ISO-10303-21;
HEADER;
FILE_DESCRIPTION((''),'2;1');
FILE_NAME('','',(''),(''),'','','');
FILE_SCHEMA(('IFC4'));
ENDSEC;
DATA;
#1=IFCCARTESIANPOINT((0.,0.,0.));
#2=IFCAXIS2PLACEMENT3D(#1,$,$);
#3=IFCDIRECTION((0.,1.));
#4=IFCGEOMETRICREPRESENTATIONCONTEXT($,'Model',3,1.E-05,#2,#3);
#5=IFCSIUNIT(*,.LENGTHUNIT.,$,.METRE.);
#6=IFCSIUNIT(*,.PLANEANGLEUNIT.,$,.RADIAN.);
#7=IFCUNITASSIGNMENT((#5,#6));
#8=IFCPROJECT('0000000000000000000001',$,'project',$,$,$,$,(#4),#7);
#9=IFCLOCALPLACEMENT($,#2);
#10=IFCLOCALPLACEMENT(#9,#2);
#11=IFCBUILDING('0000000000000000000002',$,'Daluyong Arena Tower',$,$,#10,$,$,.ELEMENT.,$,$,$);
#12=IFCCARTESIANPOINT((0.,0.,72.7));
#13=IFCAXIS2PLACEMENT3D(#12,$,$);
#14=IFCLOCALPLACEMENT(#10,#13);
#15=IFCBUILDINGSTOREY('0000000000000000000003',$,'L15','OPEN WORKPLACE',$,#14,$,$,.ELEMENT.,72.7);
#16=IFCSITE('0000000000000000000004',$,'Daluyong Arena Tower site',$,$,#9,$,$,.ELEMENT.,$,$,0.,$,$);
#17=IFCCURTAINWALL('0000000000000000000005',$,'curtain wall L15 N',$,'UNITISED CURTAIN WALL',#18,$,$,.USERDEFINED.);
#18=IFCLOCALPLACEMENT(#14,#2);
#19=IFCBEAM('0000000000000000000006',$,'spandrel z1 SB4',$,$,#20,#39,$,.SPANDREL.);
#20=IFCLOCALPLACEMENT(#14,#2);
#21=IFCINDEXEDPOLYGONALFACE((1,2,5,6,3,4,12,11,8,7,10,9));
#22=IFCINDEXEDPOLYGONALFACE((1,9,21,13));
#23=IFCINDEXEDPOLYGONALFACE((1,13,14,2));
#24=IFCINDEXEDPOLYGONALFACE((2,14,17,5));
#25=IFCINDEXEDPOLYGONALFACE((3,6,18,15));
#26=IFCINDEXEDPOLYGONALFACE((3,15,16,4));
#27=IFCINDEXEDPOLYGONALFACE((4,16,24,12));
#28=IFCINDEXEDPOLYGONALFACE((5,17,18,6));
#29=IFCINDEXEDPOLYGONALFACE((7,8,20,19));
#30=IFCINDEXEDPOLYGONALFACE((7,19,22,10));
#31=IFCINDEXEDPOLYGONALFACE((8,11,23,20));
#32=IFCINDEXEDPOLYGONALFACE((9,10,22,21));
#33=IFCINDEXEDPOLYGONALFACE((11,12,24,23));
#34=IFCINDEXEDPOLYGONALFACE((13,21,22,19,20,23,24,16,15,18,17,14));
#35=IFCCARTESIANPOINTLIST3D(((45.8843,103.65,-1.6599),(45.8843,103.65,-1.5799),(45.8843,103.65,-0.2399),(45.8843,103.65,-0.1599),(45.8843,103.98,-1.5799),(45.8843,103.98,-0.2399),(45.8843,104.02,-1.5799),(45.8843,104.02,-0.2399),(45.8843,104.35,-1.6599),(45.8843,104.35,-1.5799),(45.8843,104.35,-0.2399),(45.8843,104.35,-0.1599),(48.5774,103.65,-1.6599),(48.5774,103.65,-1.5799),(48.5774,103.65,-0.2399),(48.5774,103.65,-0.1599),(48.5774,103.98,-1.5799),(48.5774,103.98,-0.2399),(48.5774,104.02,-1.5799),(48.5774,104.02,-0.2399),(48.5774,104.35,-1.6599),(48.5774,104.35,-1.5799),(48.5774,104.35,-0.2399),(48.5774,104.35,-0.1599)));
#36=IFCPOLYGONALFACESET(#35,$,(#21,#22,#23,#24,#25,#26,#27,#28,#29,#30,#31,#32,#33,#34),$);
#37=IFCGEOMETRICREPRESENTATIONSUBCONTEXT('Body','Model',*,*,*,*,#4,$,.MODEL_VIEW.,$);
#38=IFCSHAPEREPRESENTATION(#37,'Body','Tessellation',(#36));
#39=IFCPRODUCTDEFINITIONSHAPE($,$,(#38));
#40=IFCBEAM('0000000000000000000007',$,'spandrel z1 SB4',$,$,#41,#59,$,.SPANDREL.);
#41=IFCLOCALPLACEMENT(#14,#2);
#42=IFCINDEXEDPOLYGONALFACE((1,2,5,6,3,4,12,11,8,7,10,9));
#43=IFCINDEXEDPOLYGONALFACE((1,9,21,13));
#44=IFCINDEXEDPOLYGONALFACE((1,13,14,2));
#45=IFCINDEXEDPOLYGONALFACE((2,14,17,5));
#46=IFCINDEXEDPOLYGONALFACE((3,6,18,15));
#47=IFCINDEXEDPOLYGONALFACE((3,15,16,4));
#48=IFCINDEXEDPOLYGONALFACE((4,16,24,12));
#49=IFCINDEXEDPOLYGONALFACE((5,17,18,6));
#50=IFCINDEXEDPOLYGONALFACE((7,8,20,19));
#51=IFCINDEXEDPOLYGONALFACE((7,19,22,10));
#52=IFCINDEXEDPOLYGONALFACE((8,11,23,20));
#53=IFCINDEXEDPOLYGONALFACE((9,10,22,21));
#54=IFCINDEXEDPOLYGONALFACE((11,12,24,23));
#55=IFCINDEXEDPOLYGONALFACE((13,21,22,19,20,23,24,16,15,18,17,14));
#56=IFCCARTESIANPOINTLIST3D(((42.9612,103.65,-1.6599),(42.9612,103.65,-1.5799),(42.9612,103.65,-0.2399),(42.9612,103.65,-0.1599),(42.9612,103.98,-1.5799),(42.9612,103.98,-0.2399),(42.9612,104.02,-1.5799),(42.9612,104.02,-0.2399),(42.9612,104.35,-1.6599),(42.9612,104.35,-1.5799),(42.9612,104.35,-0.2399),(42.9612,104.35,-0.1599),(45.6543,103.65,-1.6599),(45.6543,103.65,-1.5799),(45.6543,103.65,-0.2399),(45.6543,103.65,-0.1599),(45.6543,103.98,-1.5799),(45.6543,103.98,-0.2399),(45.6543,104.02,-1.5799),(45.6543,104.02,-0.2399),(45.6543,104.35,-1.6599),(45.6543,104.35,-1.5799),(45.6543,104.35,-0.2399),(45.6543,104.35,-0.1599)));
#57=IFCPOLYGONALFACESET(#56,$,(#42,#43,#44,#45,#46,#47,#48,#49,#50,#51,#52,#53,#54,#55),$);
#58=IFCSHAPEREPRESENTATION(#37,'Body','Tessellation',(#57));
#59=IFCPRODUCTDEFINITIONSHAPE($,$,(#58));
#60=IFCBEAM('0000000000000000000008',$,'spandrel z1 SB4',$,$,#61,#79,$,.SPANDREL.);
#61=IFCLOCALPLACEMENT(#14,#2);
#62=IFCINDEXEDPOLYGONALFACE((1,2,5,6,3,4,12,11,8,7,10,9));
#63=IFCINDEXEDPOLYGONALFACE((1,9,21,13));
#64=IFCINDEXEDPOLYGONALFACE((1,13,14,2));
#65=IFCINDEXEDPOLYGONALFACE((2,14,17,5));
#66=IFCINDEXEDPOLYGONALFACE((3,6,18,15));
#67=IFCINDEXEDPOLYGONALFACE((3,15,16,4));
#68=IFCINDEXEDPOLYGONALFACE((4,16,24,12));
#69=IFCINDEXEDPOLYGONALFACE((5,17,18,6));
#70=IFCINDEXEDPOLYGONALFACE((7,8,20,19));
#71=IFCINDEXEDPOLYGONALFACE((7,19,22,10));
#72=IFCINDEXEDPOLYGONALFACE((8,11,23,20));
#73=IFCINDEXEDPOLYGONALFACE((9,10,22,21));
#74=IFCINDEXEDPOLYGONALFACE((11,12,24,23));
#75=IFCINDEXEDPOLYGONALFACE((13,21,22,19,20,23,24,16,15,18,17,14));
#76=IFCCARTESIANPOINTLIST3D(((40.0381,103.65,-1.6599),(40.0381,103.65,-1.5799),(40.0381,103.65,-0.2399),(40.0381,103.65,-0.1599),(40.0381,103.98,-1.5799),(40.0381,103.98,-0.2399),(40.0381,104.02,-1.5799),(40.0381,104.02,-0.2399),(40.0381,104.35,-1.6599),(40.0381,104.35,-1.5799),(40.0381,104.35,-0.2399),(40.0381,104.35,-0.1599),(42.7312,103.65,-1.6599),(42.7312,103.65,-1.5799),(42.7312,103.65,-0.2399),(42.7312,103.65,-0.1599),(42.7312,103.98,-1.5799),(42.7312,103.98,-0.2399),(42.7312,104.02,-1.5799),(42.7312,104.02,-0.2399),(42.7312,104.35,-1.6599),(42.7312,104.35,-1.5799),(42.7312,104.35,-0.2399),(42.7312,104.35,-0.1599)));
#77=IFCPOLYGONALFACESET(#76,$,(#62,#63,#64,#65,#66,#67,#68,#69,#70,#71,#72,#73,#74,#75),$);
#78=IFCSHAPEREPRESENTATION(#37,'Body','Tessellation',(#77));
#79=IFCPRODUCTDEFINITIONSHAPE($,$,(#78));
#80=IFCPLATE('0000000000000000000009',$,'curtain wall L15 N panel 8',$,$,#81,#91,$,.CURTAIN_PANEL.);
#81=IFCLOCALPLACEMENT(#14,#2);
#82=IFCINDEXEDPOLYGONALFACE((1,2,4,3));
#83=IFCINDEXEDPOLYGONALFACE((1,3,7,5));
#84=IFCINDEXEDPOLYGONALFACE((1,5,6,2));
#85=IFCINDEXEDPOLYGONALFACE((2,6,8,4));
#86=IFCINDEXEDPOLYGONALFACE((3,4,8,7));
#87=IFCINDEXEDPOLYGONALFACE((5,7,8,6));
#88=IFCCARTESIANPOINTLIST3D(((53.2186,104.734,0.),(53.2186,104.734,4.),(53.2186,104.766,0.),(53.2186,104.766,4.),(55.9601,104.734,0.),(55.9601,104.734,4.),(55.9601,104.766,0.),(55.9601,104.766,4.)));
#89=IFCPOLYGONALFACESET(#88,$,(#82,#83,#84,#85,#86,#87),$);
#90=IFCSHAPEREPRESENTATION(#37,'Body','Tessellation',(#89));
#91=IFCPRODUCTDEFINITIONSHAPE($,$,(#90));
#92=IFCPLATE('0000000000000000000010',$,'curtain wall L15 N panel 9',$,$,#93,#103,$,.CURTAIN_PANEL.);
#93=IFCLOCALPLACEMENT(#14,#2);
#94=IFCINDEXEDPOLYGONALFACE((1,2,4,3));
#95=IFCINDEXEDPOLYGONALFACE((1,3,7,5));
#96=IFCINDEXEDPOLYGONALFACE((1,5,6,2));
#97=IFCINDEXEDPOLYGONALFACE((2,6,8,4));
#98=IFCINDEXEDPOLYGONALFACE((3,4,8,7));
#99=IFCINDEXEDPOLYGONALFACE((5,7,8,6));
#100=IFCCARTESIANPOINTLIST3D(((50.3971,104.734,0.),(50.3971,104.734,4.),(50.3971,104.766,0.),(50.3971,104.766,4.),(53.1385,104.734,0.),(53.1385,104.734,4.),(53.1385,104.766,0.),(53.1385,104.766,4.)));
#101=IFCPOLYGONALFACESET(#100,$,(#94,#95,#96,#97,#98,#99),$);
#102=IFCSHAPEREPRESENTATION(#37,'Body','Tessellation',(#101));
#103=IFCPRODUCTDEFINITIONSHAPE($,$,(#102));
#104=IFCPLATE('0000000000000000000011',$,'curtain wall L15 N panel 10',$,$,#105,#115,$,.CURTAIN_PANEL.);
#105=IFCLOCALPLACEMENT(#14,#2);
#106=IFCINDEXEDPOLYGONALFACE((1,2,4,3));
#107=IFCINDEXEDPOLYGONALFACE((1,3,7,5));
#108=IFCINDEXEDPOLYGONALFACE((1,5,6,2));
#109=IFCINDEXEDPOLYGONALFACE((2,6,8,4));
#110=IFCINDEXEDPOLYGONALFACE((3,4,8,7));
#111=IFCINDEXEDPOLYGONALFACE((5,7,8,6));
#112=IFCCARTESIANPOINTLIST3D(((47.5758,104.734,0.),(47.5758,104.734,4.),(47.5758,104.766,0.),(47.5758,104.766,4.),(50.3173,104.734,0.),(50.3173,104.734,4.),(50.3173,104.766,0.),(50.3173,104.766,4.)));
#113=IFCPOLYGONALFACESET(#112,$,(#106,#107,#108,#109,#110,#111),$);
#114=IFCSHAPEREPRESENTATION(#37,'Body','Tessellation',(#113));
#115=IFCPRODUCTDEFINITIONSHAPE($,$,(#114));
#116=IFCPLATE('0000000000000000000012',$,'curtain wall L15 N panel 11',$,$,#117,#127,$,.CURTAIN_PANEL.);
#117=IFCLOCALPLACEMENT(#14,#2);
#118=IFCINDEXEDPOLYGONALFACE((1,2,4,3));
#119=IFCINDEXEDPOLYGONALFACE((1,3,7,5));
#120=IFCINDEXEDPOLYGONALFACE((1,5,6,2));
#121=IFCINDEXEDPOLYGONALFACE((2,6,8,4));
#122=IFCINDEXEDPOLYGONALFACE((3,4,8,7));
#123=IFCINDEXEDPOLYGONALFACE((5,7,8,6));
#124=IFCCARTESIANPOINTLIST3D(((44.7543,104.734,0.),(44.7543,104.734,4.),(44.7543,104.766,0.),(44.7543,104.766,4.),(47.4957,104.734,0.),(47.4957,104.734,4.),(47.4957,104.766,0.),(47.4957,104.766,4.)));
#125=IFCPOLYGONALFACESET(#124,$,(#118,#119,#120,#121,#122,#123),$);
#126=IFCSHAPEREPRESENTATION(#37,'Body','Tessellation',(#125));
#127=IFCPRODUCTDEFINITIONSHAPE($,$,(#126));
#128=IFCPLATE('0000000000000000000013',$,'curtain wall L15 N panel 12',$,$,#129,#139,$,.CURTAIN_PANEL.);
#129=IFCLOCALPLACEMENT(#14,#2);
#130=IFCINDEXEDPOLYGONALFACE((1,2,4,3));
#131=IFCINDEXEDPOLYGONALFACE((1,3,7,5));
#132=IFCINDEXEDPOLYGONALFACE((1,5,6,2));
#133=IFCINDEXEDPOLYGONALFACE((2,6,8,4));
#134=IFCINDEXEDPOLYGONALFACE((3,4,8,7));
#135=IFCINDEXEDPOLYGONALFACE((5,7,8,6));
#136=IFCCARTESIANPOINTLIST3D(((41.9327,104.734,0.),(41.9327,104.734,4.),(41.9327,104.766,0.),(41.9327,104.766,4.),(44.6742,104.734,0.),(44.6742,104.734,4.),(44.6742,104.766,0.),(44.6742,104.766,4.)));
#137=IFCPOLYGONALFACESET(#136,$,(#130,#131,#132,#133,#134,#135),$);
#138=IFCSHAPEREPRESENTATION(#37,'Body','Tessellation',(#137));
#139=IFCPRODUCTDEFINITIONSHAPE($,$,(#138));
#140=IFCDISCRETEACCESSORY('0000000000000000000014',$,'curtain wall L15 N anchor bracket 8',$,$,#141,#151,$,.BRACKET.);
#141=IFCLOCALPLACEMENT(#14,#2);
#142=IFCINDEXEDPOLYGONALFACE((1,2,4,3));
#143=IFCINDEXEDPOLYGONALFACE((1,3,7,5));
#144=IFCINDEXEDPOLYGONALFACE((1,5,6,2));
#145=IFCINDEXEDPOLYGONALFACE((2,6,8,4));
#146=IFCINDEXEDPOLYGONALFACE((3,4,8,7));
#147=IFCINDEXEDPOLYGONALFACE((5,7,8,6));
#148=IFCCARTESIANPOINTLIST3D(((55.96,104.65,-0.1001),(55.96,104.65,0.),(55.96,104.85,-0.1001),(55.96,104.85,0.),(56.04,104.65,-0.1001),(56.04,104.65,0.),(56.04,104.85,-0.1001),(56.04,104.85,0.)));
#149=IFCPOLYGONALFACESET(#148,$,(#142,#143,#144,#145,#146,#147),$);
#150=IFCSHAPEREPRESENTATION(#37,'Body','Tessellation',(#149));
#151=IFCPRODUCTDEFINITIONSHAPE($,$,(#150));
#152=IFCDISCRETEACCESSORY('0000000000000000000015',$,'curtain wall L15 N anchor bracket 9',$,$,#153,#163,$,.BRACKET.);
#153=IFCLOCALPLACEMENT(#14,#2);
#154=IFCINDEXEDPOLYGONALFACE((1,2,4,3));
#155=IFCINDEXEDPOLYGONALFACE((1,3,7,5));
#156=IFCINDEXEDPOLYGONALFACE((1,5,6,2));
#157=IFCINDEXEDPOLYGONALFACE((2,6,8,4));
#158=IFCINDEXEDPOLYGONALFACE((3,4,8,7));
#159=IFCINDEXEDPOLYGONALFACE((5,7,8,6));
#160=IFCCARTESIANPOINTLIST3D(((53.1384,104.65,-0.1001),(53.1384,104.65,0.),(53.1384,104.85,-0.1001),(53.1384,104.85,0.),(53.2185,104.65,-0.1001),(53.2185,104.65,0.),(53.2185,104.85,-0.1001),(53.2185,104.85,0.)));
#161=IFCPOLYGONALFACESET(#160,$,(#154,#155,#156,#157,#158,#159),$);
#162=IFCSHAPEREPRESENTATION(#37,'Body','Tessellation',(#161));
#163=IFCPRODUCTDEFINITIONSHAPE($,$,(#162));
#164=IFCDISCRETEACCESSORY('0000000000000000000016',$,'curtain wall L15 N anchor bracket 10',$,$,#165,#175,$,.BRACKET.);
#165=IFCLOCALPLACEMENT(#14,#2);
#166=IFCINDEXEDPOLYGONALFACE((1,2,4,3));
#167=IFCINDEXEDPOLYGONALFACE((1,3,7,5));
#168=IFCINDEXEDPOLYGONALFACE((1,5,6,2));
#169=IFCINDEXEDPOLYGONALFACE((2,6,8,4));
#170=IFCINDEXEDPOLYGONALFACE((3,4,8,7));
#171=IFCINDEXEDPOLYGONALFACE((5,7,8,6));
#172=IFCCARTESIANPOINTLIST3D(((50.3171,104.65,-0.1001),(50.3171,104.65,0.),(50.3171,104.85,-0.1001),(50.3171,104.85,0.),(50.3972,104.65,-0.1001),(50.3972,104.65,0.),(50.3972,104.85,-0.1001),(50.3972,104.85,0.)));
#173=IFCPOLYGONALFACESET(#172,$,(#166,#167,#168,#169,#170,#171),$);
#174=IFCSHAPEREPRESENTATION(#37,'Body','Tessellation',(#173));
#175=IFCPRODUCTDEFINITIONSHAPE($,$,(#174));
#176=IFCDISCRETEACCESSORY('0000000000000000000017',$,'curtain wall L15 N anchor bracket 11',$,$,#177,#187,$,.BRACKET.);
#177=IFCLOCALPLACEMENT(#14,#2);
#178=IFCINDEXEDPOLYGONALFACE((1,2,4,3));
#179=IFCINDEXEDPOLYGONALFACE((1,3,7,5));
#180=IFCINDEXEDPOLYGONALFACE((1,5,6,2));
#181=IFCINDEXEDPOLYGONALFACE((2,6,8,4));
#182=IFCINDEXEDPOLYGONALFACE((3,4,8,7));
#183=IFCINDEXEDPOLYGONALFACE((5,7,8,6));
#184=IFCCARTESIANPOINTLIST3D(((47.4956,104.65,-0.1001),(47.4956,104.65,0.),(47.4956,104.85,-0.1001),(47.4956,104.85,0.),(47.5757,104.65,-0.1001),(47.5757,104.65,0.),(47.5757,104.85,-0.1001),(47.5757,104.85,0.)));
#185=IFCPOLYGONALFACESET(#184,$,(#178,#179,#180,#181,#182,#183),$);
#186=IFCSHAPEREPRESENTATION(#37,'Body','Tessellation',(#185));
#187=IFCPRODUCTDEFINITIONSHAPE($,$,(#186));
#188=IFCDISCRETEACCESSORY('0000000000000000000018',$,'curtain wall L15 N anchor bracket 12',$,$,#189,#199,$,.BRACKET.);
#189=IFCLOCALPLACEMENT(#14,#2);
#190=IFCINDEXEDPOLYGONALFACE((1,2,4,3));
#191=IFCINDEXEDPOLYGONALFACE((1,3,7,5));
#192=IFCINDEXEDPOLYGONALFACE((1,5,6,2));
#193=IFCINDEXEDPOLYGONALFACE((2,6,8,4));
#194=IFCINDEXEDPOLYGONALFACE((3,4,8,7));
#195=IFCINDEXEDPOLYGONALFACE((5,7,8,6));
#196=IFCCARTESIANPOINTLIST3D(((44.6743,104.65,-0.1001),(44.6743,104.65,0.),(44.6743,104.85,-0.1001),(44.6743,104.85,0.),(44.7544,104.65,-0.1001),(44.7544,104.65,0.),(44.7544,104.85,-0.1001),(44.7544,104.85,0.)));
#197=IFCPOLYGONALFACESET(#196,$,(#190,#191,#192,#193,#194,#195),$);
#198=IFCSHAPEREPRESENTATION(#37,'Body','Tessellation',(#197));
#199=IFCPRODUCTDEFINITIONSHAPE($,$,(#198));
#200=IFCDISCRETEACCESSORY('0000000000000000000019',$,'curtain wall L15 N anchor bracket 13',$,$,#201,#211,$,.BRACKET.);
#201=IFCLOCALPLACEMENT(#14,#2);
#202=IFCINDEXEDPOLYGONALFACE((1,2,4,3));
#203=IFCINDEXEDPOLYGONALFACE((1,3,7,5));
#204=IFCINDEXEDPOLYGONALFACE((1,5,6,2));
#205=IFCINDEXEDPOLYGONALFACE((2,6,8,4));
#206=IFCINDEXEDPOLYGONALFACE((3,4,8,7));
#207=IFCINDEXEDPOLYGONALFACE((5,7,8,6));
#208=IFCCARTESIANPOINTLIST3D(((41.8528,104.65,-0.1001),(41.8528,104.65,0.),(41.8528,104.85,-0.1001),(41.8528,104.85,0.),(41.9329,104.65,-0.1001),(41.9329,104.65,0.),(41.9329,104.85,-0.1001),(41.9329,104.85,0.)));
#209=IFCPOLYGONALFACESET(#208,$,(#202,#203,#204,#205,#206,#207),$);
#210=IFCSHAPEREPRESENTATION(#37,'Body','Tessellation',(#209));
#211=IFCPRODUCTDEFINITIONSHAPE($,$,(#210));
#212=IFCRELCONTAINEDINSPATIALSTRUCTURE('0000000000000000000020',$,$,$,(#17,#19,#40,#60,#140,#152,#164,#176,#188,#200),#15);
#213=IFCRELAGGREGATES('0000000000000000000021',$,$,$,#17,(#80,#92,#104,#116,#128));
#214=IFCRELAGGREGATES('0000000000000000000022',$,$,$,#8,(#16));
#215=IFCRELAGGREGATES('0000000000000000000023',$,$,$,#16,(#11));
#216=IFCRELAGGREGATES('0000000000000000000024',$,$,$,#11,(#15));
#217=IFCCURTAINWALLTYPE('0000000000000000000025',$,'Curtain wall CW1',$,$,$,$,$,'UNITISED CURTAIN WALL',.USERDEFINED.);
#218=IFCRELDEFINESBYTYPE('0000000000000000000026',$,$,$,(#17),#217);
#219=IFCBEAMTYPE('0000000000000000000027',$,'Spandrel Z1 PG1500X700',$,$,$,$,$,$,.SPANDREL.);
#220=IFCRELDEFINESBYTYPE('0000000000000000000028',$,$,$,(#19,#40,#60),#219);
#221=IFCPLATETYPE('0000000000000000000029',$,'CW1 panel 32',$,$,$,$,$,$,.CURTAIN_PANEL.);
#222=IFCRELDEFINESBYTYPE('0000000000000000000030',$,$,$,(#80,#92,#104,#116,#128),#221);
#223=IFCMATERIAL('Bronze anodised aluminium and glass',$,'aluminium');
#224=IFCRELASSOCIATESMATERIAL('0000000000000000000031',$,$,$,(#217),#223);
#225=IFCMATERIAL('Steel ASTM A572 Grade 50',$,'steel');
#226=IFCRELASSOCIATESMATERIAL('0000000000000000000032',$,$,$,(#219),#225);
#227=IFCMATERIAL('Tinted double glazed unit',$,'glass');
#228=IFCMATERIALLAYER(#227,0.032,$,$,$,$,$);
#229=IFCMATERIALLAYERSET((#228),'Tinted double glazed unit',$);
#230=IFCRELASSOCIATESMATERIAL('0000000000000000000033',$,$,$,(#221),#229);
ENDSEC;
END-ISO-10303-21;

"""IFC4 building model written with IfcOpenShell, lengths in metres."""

from ifc_helpers import new_model, si_unit, direction, frame, origin, origin_2d, place, context, subcontext, project, spatial, rectangle, i_section, extrude, material, layer, layer_set, material_profile, profile_set, type_object, element, aggregate, save


model = new_model("IFC4")

# Units and contexts
model_context = context("Model", 3, precision=1e-05, world=origin(), true_north=direction((0.0, 1.0)))
body_context = subcontext(model_context, "Body", "Model", "MODEL_VIEW")
ifc_project = project(units=[si_unit("LENGTHUNIT", "METRE"), si_unit("PLANEANGLEUNIT", "RADIAN")], contexts=[model_context])

# Site, building, storey
site_placement = place(None, origin())
site = spatial("IfcSite", under=ifc_project, at=site_placement, Name="Daluyong Arena Tower site", CompositionType="ELEMENT", RefElevation=0.0)
building_placement = place(site_placement, origin())
building = spatial("IfcBuilding", under=site, at=building_placement, Name="Daluyong Arena Tower", CompositionType="ELEMENT")
storey_placement = place(building_placement, frame((0.0, 0.0, 72.7)))
storey = spatial("IfcBuildingStorey", under=building, at=storey_placement, Name="L15", Description="OPEN WORKPLACE", CompositionType="ELEMENT", Elevation=72.7)

# Curtain wall
ifc_material_1 = material(Name="Bronze anodised aluminium and glass", Category="aluminium")
curtain_wall_type = type_object("IfcCurtainWallType", Name="Curtain wall CW1", ElementType="UNITISED CURTAIN WALL", PredefinedType="USERDEFINED", material=ifc_material_1)
curtain_wall_placement = place(storey_placement, origin())
curtain_wall = element("IfcCurtainWall", 1, at=curtain_wall_placement, inside=storey, type_object=curtain_wall_type, Name="curtain wall L15 N", ObjectType="UNITISED CURTAIN WALL", PredefinedType="USERDEFINED")

# Beams
ifc_material_2 = material(Name="Steel ASTM A572 Grade 50", Category="steel")
ifc_material_profile_1 = material_profile(ifc_material_2, i_section(OverallWidth=0.7, OverallDepth=1.5, WebThickness=0.04, FlangeThickness=0.08, at=origin_2d()))
ifc_profile_set_1 = profile_set([ifc_material_profile_1], Name="Steel ASTM A572 Grade 50")
beam_type_1 = type_object("IfcBeamType", Name="Spandrel Z1 PG1500X700", PredefinedType="SPANDREL", material=ifc_profile_set_1)
for number, where, z_axis, x_axis, name in (
    (2, (48.5774, 104.0, -0.9099), (-1.0, 0.0, 0.0), (0.0, -1.0, 0.0), "spandrel z1 SB4"),
    (3, (45.6543, 104.0, -0.9099), (-1.0, 0.0, 0.0), (0.0, -1.0, 0.0), "spandrel z1 SB4"),
    (4, (42.7312, 104.0, -0.9099), (-1.0, 0.0, 0.0), (0.0, -1.0, 0.0), "spandrel z1 SB4"),
):
    element("IfcBeam", number, at=place(storey_placement, frame(where, z_axis=z_axis, x_axis=x_axis)), inside=storey, type_object=beam_type_1, Name=name, PredefinedType="SPANDREL", context=body_context, shape_type="SweptSolid", body=[
        extrude(i_section(OverallWidth=0.7, OverallDepth=1.5, WebThickness=0.04, FlangeThickness=0.08, at=origin_2d()), origin(), (0.0, 0.0, 1.0), 2.6931),
    ])

# Plates
ifc_material_3 = material(Name="Tinted double glazed unit", Category="glass")
ifc_layer = layer(ifc_material_3, 0.032)
ifc_layer_set = layer_set([ifc_layer], Name="Tinted double glazed unit")
plate_type = type_object("IfcPlateType", Name="CW1 panel 32", PredefinedType="CURTAIN_PANEL", material=ifc_layer_set)
plate_1_placement = place(storey_placement, frame((54.5894, 104.75, 0.0), z_axis=(0.0, 0.0, 1.0), x_axis=(-1.0, 0.0, 0.0)))
plate_1 = element("IfcPlate", 5, at=plate_1_placement, type_object=plate_type, Name="curtain wall L15 N panel 8", PredefinedType="CURTAIN_PANEL", context=body_context, shape_type="SweptSolid", body=[
    extrude(rectangle(XDim=2.7415, YDim=0.032, at=origin_2d()), origin(), (0.0, 0.0, 1.0), 4.0),
])
plate_2_placement = place(storey_placement, frame((51.7678, 104.75, 0.0), z_axis=(0.0, 0.0, 1.0), x_axis=(-1.0, 0.0, 0.0)))
plate_2 = element("IfcPlate", 6, at=plate_2_placement, type_object=plate_type, Name="curtain wall L15 N panel 9", PredefinedType="CURTAIN_PANEL", context=body_context, shape_type="SweptSolid", body=[
    extrude(rectangle(XDim=2.7415, YDim=0.032, at=origin_2d()), origin(), (0.0, 0.0, 1.0), 4.0),
])
plate_3_placement = place(storey_placement, frame((48.9465, 104.75, 0.0), z_axis=(0.0, 0.0, 1.0), x_axis=(-1.0, 0.0, 0.0)))
plate_3 = element("IfcPlate", 7, at=plate_3_placement, type_object=plate_type, Name="curtain wall L15 N panel 10", PredefinedType="CURTAIN_PANEL", context=body_context, shape_type="SweptSolid", body=[
    extrude(rectangle(XDim=2.7415, YDim=0.032, at=origin_2d()), origin(), (0.0, 0.0, 1.0), 4.0),
])
plate_4_placement = place(storey_placement, frame((46.125, 104.75, 0.0), z_axis=(0.0, 0.0, 1.0), x_axis=(-1.0, 0.0, 0.0)))
plate_4 = element("IfcPlate", 8, at=plate_4_placement, type_object=plate_type, Name="curtain wall L15 N panel 11", PredefinedType="CURTAIN_PANEL", context=body_context, shape_type="SweptSolid", body=[
    extrude(rectangle(XDim=2.7415, YDim=0.032, at=origin_2d()), origin(), (0.0, 0.0, 1.0), 4.0),
])
plate_5_placement = place(storey_placement, frame((43.3035, 104.75, 0.0), z_axis=(0.0, 0.0, 1.0), x_axis=(-1.0, 0.0, 0.0)))
plate_5 = element("IfcPlate", 9, at=plate_5_placement, type_object=plate_type, Name="curtain wall L15 N panel 12", PredefinedType="CURTAIN_PANEL", context=body_context, shape_type="SweptSolid", body=[
    extrude(rectangle(XDim=2.7415, YDim=0.032, at=origin_2d()), origin(), (0.0, 0.0, 1.0), 4.0),
])
aggregate(curtain_wall, [plate_1, plate_2, plate_3, plate_4, plate_5])

# Discrete accessories
for number, where, z_axis, x_axis, name in (
    (10, (56.0, 104.75, -0.1001), (0.0, 0.0, 1.0), (-1.0, 0.0, 0.0), "curtain wall L15 N anchor bracket 8"),
    (11, (53.1785, 104.75, -0.1001), (0.0, 0.0, 1.0), (-1.0, 0.0, 0.0), "curtain wall L15 N anchor bracket 9"),
    (12, (50.3572, 104.75, -0.1001), (0.0, 0.0, 1.0), (-1.0, 0.0, 0.0), "curtain wall L15 N anchor bracket 10"),
    (13, (47.5356, 104.75, -0.1001), (0.0, 0.0, 1.0), (-1.0, 0.0, 0.0), "curtain wall L15 N anchor bracket 11"),
    (14, (44.7144, 104.75, -0.1001), (0.0, 0.0, 1.0), (-1.0, 0.0, 0.0), "curtain wall L15 N anchor bracket 12"),
    (15, (41.8928, 104.75, -0.1001), (0.0, 0.0, 1.0), (-1.0, 0.0, 0.0), "curtain wall L15 N anchor bracket 13"),
):
    element("IfcDiscreteAccessory", number, at=place(storey_placement, frame(where, z_axis=z_axis, x_axis=x_axis)), inside=storey, Name=name, PredefinedType="BRACKET", context=body_context, shape_type="SweptSolid", body=[
        extrude(rectangle(XDim=0.0801, YDim=0.2, at=origin_2d()), origin(), (0.0, 0.0, 1.0), 0.1001),
    ])

save(model, "model.ifc")
